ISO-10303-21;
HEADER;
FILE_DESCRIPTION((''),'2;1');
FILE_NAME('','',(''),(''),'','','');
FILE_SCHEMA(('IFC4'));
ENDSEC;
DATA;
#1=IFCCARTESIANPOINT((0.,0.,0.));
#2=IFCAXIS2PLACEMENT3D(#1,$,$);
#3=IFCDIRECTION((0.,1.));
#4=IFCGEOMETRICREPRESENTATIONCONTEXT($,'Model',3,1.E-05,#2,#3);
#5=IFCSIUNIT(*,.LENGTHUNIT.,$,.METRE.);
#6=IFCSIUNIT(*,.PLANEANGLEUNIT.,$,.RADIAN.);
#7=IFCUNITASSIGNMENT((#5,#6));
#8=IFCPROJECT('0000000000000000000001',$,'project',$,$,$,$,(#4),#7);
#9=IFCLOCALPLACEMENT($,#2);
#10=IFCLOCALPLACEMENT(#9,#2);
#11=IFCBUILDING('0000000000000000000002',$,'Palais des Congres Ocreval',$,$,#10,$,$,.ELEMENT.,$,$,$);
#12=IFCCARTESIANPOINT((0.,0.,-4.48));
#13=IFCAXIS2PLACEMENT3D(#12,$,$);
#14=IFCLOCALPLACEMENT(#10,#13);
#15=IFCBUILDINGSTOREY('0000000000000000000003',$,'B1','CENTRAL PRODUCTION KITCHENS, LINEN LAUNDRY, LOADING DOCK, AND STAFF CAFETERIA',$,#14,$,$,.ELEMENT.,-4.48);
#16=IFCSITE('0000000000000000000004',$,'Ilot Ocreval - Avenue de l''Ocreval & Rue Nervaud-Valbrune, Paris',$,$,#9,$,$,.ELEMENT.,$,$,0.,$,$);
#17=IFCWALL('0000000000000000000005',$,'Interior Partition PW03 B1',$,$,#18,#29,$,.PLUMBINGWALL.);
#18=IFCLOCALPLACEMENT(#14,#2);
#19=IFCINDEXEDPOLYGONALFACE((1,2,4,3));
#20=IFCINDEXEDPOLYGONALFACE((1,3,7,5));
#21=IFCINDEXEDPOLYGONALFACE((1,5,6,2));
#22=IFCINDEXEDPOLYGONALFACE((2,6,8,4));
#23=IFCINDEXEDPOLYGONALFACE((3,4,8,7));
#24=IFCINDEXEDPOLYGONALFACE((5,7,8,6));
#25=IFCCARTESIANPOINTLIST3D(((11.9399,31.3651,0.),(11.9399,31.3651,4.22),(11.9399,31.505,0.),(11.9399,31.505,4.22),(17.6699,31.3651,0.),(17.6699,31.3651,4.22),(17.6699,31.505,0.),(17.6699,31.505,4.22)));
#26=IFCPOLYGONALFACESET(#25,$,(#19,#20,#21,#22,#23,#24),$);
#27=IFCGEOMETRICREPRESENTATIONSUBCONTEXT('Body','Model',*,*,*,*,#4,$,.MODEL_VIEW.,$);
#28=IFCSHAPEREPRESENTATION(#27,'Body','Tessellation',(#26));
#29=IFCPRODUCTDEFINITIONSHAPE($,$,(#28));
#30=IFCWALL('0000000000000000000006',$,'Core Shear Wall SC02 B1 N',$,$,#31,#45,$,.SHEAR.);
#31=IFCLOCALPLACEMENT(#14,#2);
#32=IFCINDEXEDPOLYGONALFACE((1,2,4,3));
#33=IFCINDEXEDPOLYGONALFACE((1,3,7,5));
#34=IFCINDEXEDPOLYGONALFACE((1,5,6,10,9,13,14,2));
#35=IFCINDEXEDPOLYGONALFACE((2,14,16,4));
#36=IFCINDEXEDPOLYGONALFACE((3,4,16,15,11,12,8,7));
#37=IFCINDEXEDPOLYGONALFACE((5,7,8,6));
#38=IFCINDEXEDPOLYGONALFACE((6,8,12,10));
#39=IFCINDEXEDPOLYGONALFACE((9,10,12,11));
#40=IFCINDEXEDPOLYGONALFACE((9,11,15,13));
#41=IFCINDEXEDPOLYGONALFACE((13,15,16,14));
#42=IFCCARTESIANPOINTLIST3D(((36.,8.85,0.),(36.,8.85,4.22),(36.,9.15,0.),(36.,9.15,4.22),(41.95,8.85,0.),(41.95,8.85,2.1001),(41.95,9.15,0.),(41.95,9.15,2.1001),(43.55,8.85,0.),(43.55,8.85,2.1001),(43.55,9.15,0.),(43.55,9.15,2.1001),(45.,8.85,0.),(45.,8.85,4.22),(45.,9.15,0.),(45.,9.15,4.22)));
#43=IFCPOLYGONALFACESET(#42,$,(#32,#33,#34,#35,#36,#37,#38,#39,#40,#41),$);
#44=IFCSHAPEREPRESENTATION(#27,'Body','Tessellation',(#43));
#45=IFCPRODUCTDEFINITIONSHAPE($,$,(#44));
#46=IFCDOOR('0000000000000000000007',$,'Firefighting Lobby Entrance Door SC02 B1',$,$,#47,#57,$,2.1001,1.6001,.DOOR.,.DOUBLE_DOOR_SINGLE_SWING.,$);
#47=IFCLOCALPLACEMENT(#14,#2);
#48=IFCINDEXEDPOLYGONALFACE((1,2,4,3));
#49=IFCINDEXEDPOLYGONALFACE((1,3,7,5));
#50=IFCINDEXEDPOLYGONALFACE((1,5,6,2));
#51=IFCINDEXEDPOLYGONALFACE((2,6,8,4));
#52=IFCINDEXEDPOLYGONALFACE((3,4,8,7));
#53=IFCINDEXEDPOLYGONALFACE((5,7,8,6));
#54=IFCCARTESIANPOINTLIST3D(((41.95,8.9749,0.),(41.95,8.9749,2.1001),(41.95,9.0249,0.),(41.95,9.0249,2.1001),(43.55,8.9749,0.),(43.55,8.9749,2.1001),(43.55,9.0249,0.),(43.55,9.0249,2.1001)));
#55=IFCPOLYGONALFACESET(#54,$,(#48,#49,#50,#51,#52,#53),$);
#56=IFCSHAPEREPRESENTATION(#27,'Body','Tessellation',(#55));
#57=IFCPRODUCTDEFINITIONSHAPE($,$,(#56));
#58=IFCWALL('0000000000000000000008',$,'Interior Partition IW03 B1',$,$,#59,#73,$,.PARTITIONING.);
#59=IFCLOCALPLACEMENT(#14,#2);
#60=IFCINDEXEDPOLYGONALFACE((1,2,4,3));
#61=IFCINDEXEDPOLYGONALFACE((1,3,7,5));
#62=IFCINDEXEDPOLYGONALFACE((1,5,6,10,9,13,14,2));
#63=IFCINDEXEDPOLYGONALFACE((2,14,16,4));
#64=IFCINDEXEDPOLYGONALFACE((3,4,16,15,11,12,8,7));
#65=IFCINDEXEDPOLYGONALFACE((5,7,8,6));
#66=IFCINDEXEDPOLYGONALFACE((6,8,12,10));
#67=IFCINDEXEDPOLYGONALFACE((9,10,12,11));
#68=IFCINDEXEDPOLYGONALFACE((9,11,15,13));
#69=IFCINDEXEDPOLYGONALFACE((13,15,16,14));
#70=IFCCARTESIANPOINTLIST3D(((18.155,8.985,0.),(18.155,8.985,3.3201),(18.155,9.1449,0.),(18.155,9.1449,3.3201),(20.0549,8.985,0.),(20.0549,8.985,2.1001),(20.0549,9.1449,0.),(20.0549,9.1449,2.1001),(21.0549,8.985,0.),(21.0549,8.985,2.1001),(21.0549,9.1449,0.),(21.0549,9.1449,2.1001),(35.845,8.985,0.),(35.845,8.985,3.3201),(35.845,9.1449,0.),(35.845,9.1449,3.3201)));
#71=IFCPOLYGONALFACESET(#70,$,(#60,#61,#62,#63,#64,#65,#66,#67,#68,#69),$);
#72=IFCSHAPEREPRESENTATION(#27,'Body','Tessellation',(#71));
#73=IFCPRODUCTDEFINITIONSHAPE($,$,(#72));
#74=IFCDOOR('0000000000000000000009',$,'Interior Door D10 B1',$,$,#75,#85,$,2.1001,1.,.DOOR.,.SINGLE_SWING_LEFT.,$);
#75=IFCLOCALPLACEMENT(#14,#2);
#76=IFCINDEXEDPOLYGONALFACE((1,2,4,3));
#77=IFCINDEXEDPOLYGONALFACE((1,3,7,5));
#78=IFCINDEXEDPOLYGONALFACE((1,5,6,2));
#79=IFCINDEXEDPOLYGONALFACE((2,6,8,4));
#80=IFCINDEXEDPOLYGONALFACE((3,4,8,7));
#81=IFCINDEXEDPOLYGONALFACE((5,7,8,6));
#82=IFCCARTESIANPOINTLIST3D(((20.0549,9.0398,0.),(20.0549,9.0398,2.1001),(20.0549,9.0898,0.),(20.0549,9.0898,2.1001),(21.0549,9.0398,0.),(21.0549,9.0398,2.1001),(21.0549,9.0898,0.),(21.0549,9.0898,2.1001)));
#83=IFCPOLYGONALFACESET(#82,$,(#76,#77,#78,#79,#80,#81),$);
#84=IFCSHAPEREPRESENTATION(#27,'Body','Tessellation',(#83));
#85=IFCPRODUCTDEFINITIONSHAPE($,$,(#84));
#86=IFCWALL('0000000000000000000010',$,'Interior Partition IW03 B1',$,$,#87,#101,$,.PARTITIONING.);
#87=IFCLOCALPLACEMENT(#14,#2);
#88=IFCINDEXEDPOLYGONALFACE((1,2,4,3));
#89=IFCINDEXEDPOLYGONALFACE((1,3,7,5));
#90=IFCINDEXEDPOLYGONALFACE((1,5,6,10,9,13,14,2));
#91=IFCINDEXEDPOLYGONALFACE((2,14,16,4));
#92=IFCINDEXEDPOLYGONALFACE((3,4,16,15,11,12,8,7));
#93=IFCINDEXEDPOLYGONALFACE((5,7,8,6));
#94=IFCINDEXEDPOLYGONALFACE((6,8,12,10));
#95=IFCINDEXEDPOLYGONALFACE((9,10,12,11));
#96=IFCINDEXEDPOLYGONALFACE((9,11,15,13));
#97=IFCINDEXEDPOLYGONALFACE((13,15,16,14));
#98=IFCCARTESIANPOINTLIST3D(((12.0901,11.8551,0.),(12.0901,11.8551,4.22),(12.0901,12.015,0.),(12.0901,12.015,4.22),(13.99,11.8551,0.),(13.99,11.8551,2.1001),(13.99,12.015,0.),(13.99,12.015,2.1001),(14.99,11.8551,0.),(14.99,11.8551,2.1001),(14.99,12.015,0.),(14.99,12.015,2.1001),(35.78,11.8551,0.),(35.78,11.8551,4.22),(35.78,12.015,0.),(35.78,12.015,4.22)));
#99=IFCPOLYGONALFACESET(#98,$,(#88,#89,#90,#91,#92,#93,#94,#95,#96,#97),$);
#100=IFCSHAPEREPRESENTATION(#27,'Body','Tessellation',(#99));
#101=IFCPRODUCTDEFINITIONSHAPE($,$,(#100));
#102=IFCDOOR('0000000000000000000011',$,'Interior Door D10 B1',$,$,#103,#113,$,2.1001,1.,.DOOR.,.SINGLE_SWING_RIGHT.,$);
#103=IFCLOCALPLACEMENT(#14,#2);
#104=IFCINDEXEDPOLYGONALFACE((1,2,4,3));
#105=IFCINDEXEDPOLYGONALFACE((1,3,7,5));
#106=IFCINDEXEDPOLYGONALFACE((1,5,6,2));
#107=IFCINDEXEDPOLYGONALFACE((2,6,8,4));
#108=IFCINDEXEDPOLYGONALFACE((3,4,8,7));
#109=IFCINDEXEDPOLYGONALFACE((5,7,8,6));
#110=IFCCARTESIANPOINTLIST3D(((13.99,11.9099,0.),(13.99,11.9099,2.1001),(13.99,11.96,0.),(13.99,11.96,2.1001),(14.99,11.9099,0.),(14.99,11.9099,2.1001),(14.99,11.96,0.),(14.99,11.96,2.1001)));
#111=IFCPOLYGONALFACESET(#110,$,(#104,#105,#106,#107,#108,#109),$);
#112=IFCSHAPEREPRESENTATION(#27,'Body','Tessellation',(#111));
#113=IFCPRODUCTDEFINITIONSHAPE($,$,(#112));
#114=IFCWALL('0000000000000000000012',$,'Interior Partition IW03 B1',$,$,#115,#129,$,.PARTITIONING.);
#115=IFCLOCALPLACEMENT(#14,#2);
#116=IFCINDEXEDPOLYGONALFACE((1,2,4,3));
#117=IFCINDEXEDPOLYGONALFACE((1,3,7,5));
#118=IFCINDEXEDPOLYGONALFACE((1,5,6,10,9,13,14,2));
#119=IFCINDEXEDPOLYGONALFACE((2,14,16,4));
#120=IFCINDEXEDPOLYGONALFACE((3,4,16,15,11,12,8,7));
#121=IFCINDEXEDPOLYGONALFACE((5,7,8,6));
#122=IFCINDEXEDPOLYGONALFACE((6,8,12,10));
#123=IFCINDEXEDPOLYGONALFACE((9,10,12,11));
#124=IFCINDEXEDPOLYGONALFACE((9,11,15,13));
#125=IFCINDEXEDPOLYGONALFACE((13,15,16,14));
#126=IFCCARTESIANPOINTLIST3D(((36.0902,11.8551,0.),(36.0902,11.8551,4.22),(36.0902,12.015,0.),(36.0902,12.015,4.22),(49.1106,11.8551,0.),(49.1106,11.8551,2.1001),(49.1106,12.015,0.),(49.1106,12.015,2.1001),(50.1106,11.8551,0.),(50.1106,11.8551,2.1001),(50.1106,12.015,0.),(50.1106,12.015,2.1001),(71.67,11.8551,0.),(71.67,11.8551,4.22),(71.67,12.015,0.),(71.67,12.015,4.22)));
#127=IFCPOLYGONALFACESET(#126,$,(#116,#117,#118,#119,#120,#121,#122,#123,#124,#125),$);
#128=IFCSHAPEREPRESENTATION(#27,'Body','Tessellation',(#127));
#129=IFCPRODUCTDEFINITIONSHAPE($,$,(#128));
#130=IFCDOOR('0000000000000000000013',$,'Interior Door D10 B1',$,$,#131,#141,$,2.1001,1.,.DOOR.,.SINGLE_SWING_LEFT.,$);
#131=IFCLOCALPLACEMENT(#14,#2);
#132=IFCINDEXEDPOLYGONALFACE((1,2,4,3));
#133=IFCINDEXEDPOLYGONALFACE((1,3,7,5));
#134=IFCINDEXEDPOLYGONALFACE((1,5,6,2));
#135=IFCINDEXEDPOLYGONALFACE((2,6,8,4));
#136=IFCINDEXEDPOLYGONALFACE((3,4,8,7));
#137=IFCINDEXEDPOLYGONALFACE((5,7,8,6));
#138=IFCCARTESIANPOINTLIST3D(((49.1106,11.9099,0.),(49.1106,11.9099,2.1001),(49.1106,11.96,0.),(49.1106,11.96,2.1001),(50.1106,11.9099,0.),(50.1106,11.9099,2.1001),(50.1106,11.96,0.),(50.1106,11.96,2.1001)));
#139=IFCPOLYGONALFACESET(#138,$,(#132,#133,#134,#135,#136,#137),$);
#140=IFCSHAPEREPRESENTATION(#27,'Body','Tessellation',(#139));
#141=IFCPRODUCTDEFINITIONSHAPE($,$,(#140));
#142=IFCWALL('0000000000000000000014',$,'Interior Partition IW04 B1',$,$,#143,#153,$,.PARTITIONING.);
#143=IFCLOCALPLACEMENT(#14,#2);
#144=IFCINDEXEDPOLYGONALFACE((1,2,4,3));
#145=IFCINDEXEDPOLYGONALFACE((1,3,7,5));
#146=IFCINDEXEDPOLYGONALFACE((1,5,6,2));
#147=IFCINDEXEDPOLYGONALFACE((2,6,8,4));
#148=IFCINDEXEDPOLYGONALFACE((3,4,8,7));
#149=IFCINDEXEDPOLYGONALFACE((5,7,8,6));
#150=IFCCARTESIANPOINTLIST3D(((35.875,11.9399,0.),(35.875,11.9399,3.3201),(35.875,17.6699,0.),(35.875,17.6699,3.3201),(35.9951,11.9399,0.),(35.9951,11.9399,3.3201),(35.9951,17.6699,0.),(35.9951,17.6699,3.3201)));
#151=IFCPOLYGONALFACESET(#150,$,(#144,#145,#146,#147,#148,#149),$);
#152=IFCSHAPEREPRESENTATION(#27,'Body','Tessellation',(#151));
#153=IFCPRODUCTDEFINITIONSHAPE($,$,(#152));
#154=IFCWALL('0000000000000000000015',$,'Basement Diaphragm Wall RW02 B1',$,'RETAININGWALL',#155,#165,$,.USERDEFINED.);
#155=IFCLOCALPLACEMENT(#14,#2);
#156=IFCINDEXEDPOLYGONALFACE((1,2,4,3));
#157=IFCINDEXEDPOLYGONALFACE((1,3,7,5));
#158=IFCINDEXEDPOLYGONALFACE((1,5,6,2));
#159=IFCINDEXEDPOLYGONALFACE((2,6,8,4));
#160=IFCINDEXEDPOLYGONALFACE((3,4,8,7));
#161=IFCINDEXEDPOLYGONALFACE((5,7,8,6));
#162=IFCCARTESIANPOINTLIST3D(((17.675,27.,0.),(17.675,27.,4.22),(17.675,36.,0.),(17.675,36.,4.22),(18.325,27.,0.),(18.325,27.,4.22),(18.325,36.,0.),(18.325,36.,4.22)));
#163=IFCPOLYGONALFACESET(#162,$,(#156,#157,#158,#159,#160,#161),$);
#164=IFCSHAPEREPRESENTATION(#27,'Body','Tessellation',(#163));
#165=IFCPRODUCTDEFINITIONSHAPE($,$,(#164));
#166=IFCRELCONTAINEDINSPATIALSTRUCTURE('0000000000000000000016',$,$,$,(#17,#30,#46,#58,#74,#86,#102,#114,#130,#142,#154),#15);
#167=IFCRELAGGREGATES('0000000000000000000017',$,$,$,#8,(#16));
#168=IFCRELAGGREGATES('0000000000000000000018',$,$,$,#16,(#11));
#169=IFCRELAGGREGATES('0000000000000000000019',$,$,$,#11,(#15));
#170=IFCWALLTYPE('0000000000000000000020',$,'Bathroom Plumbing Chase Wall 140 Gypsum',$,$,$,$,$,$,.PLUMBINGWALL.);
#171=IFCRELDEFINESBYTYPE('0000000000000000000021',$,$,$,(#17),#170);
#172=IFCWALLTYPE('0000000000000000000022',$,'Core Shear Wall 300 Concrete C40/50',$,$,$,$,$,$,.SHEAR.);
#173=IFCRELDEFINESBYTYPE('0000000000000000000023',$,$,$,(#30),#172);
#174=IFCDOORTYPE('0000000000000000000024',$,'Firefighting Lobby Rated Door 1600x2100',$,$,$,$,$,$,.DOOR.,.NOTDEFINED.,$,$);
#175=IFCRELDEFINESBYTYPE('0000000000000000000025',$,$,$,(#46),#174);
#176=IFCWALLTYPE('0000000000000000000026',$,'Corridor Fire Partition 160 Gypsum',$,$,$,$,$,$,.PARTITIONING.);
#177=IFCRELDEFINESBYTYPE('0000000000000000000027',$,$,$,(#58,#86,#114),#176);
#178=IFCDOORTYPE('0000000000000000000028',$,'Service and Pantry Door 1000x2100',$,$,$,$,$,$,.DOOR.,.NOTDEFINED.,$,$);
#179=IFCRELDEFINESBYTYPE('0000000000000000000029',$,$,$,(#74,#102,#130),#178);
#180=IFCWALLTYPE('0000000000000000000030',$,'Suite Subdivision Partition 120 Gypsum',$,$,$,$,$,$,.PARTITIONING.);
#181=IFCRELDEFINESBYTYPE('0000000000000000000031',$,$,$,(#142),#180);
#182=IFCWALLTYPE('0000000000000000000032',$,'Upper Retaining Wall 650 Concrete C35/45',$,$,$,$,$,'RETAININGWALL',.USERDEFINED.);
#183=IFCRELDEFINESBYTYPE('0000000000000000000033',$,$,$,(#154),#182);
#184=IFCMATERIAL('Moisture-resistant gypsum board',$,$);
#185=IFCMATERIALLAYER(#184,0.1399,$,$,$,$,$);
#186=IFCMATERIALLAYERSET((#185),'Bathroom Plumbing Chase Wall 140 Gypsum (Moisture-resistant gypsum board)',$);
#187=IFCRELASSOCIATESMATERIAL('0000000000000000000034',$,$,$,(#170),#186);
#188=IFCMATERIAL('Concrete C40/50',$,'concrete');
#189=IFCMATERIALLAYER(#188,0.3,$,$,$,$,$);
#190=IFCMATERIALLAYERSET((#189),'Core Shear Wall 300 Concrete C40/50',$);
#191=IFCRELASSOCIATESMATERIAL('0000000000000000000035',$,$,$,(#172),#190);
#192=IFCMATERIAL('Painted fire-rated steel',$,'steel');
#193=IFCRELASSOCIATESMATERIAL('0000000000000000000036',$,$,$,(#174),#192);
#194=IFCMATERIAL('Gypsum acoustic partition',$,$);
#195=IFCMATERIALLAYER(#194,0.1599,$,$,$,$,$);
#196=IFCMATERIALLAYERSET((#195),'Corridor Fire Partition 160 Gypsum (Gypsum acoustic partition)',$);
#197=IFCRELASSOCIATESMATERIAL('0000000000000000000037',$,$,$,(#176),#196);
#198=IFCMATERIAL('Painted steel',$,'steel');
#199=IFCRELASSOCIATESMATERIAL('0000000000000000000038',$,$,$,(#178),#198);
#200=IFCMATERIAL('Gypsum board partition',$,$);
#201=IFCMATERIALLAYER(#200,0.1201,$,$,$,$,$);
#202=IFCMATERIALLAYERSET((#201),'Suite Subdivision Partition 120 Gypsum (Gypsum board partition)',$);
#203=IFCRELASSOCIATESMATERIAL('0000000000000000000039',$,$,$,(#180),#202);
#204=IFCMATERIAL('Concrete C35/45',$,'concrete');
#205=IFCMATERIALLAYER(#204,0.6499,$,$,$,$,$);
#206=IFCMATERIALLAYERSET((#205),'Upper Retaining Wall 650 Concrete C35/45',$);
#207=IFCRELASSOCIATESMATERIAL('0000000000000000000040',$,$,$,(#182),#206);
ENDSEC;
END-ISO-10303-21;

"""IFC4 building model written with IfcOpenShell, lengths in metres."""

from ifc_helpers import new_model, si_unit, direction, frame, frame_2d, origin, place, context, subcontext, project, spatial, rectangle, extrude, material, layer, layer_set, type_object, element, fill, save


model = new_model("IFC4")

# Units and contexts
model_context = context("Model", 3, precision=1e-05, world=origin(), true_north=direction((0.0, 1.0)))
body_context = subcontext(model_context, "Body", "Model", "MODEL_VIEW")
ifc_project = project(units=[si_unit("LENGTHUNIT", "METRE"), si_unit("PLANEANGLEUNIT", "RADIAN")], contexts=[model_context])

# Site, building, storey
site_placement = place(None, origin())
site = spatial("IfcSite", under=ifc_project, at=site_placement, Name="Ilot Ocreval - Avenue de l'Ocreval & Rue Nervaud-Valbrune, Paris", CompositionType="ELEMENT", RefElevation=0.0)
building_placement = place(site_placement, origin())
building = spatial("IfcBuilding", under=site, at=building_placement, Name="Palais des Congres Ocreval", CompositionType="ELEMENT")
storey_placement = place(building_placement, frame((0.0, 0.0, -4.48)))
storey = spatial("IfcBuildingStorey", under=building, at=storey_placement, Name="B1", Description="CENTRAL PRODUCTION KITCHENS, LINEN LAUNDRY, LOADING DOCK, AND STAFF CAFETERIA", CompositionType="ELEMENT", Elevation=-4.48)

# Shared definitions
ifc_material_1 = material(Name="Concrete C40/50", Category="concrete")

# Shared definitions
ifc_material_2 = material(Name="Concrete C35/45", Category="concrete")

# Wall
ifc_material_3 = material(Name="Moisture-resistant gypsum board")
ifc_layer_1 = layer(ifc_material_3, 0.1399)
ifc_layer_set_1 = layer_set([ifc_layer_1], Name="Bathroom Plumbing Chase Wall 140 Gypsum (Moisture-resistant gypsum board)")
wall_type_1 = type_object("IfcWallType", Name="Bathroom Plumbing Chase Wall 140 Gypsum", PredefinedType="PLUMBINGWALL", material=ifc_layer_set_1)
for number, where, z_axis, x_axis, name in (
    (1, (11.9399, 31.4351, 0.0), (0.0, 0.0, 1.0), (1.0, 0.0, 0.0), "Interior Partition PW03 B1"),
):
    element("IfcWall", number, at=place(storey_placement, frame(where, z_axis=z_axis, x_axis=x_axis)), inside=storey, type_object=wall_type_1, Name=name, PredefinedType="PLUMBINGWALL", context=body_context, shape_type="SweptSolid", body=[
        extrude(rectangle(XDim=5.73, YDim=0.1399, at=frame_2d((2.865, 0.0))), origin(), (0.0, 0.0, 1.0), 4.22),
    ])

# Walls, openings, doors
ifc_layer_2 = layer(ifc_material_1, 0.3)
ifc_layer_set_2 = layer_set([ifc_layer_2], Name="Core Shear Wall 300 Concrete C40/50")
wall_type_2 = type_object("IfcWallType", Name="Core Shear Wall 300 Concrete C40/50", PredefinedType="SHEAR", material=ifc_layer_set_2)
wall_1_placement = place(storey_placement, frame((36.0, 9.0, 0.0), z_axis=(0.0, 0.0, 1.0), x_axis=(1.0, 0.0, 0.0)))
wall_1 = element("IfcWall", 2, at=wall_1_placement, inside=storey, type_object=wall_type_2, Name="Core Shear Wall SC02 B1 N", PredefinedType="SHEAR", context=body_context, shape_type="SweptSolid", body=[
    extrude(rectangle(XDim=9.0, YDim=0.3, at=frame_2d((4.5, 0.0))), origin(), (0.0, 0.0, 1.0), 4.22),
])
opening_1_placement = place(wall_1_placement, frame((5.95, 0.0, 0.0)))
opening_1 = element("IfcOpeningElement", 3, at=opening_1_placement, cuts=wall_1, PredefinedType="OPENING", context=body_context, shape_type="SweptSolid", body=[
    extrude(rectangle(XDim=1.6001, YDim=2.1001, at=frame_2d((0.8, 1.05))), frame((0.0, 0.1599, 0.0), z_axis=(0.0, -1.0, 0.0), x_axis=(1.0, 0.0, 0.0)), (0.0, 0.0, 1.0), 0.3201),
])
ifc_material_4 = material(Name="Painted fire-rated steel", Category="steel")
door_type_1 = type_object("IfcDoorType", Name="Firefighting Lobby Rated Door 1600x2100", OperationType="NOTDEFINED", PredefinedType="DOOR", material=ifc_material_4)
door_1_placement = place(opening_1_placement, origin())
door_1 = element("IfcDoor", 4, at=door_1_placement, inside=storey, type_object=door_type_1, Name="Firefighting Lobby Entrance Door SC02 B1", OperationType="DOUBLE_DOOR_SINGLE_SWING", OverallHeight=2.1001, OverallWidth=1.6001, PredefinedType="DOOR", context=body_context, shape_type="SweptSolid", body=[
    extrude(rectangle(XDim=1.6001, YDim=2.1001, at=frame_2d((0.8, 1.05))), frame((0.0, 0.0249, 0.0), z_axis=(0.0, -1.0, 0.0), x_axis=(1.0, 0.0, 0.0)), (0.0, 0.0, 1.0), 0.05),
])
fill(opening_1, door_1)
ifc_material_5 = material(Name="Gypsum acoustic partition")
ifc_layer_3 = layer(ifc_material_5, 0.1599)
ifc_layer_set_3 = layer_set([ifc_layer_3], Name="Corridor Fire Partition 160 Gypsum (Gypsum acoustic partition)")
wall_type_3 = type_object("IfcWallType", Name="Corridor Fire Partition 160 Gypsum", PredefinedType="PARTITIONING", material=ifc_layer_set_3)
wall_2_placement = place(storey_placement, frame((18.155, 9.0649, 0.0), z_axis=(0.0, 0.0, 1.0), x_axis=(1.0, 0.0, 0.0)))
wall_2 = element("IfcWall", 5, at=wall_2_placement, inside=storey, type_object=wall_type_3, Name="Interior Partition IW03 B1", PredefinedType="PARTITIONING", context=body_context, shape_type="SweptSolid", body=[
    extrude(rectangle(XDim=17.6899, YDim=0.1599, at=frame_2d((8.845, 0.0))), origin(), (0.0, 0.0, 1.0), 3.3201),
])
opening_2_placement = place(wall_2_placement, frame((1.8999, 0.0, 0.0)))
opening_2 = element("IfcOpeningElement", 6, at=opening_2_placement, cuts=wall_2, PredefinedType="OPENING", context=body_context, shape_type="SweptSolid", body=[
    extrude(rectangle(XDim=1.0, YDim=2.1001, at=frame_2d((0.5, 1.05))), frame((0.0, 0.0898, 0.0), z_axis=(0.0, -1.0, 0.0), x_axis=(1.0, 0.0, 0.0)), (0.0, 0.0, 1.0), 0.1799),
])
ifc_material_6 = material(Name="Painted steel", Category="steel")
door_type_2 = type_object("IfcDoorType", Name="Service and Pantry Door 1000x2100", OperationType="NOTDEFINED", PredefinedType="DOOR", material=ifc_material_6)
door_2_placement = place(opening_2_placement, origin())
door_2 = element("IfcDoor", 7, at=door_2_placement, inside=storey, type_object=door_type_2, Name="Interior Door D10 B1", OperationType="SINGLE_SWING_LEFT", OverallHeight=2.1001, OverallWidth=1.0, PredefinedType="DOOR", context=body_context, shape_type="SweptSolid", body=[
    extrude(rectangle(XDim=1.0, YDim=2.1001, at=frame_2d((0.5, 1.05))), frame((0.0, 0.0249, 0.0), z_axis=(0.0, -1.0, 0.0), x_axis=(1.0, 0.0, 0.0)), (0.0, 0.0, 1.0), 0.05),
])
fill(opening_2, door_2)
wall_3_placement = place(storey_placement, frame((12.0901, 11.9351, 0.0), z_axis=(0.0, 0.0, 1.0), x_axis=(1.0, 0.0, 0.0)))
wall_3 = element("IfcWall", 8, at=wall_3_placement, inside=storey, type_object=wall_type_3, Name="Interior Partition IW03 B1", PredefinedType="PARTITIONING", context=body_context, shape_type="SweptSolid", body=[
    extrude(rectangle(XDim=23.6899, YDim=0.1599, at=frame_2d((11.845, 0.0))), origin(), (0.0, 0.0, 1.0), 4.22),
])
opening_3_placement = place(wall_3_placement, frame((1.8999, 0.0, 0.0)))
opening_3 = element("IfcOpeningElement", 9, at=opening_3_placement, cuts=wall_3, PredefinedType="OPENING", context=body_context, shape_type="SweptSolid", body=[
    extrude(rectangle(XDim=1.0, YDim=2.1001, at=frame_2d((0.5, 1.05))), frame((0.0, 0.0898, 0.0), z_axis=(0.0, -1.0, 0.0), x_axis=(1.0, 0.0, 0.0)), (0.0, 0.0, 1.0), 0.1799),
])
door_3_placement = place(opening_3_placement, origin())
door_3 = element("IfcDoor", 10, at=door_3_placement, inside=storey, type_object=door_type_2, Name="Interior Door D10 B1", OperationType="SINGLE_SWING_RIGHT", OverallHeight=2.1001, OverallWidth=1.0, PredefinedType="DOOR", context=body_context, shape_type="SweptSolid", body=[
    extrude(rectangle(XDim=1.0, YDim=2.1001, at=frame_2d((0.5, 1.05))), frame((0.0, 0.0249, 0.0), z_axis=(0.0, -1.0, 0.0), x_axis=(1.0, 0.0, 0.0)), (0.0, 0.0, 1.0), 0.05),
])
fill(opening_3, door_3)
wall_4_placement = place(storey_placement, frame((36.0901, 11.9351, 0.0), z_axis=(0.0, 0.0, 1.0), x_axis=(1.0, 0.0, 0.0)))
wall_4 = element("IfcWall", 11, at=wall_4_placement, inside=storey, type_object=wall_type_3, Name="Interior Partition IW03 B1", PredefinedType="PARTITIONING", context=body_context, shape_type="SweptSolid", body=[
    extrude(rectangle(XDim=35.5798, YDim=0.1599, at=frame_2d((17.79, 0.0))), origin(), (0.0, 0.0, 1.0), 4.22),
])
opening_4_placement = place(wall_4_placement, frame((13.0205, 0.0, 0.0)))
opening_4 = element("IfcOpeningElement", 12, at=opening_4_placement, cuts=wall_4, PredefinedType="OPENING", context=body_context, shape_type="SweptSolid", body=[
    extrude(rectangle(XDim=1.0, YDim=2.1001, at=frame_2d((0.5, 1.05))), frame((0.0, 0.0898, 0.0), z_axis=(0.0, -1.0, 0.0), x_axis=(1.0, 0.0, 0.0)), (0.0, 0.0, 1.0), 0.1799),
])
door_4_placement = place(opening_4_placement, origin())
door_4 = element("IfcDoor", 13, at=door_4_placement, inside=storey, type_object=door_type_2, Name="Interior Door D10 B1", OperationType="SINGLE_SWING_LEFT", OverallHeight=2.1001, OverallWidth=1.0, PredefinedType="DOOR", context=body_context, shape_type="SweptSolid", body=[
    extrude(rectangle(XDim=1.0, YDim=2.1001, at=frame_2d((0.5, 1.05))), frame((0.0, 0.0249, 0.0), z_axis=(0.0, -1.0, 0.0), x_axis=(1.0, 0.0, 0.0)), (0.0, 0.0, 1.0), 0.05),
])
fill(opening_4, door_4)

# Walls
ifc_material_7 = material(Name="Gypsum board partition")
ifc_layer_4 = layer(ifc_material_7, 0.1201)
ifc_layer_set_4 = layer_set([ifc_layer_4], Name="Suite Subdivision Partition 120 Gypsum (Gypsum board partition)")
wall_type_4 = type_object("IfcWallType", Name="Suite Subdivision Partition 120 Gypsum", PredefinedType="PARTITIONING", material=ifc_layer_set_4)
wall_5_placement = place(storey_placement, frame((35.9351, 11.9399, 0.0), z_axis=(0.0, 0.0, 1.0), x_axis=(0.0, 1.0, 0.0)))
element("IfcWall", 14, at=wall_5_placement, inside=storey, type_object=wall_type_4, Name="Interior Partition IW04 B1", PredefinedType="PARTITIONING", context=body_context, shape_type="SweptSolid", body=[
    extrude(rectangle(XDim=5.73, YDim=0.1201, at=frame_2d((2.865, 0.0))), origin(), (0.0, 0.0, 1.0), 3.3201),
])
ifc_layer_5 = layer(ifc_material_2, 0.6499)
ifc_layer_set_5 = layer_set([ifc_layer_5], Name="Upper Retaining Wall 650 Concrete C35/45")
wall_type_5 = type_object("IfcWallType", Name="Upper Retaining Wall 650 Concrete C35/45", ElementType="RETAININGWALL", PredefinedType="USERDEFINED", material=ifc_layer_set_5)
for number, where, z_axis, x_axis, name in (
    (15, (18.0, 36.0, 0.0), (0.0, 0.0, 1.0), (0.0, -1.0, 0.0), "Basement Diaphragm Wall RW02 B1"),
):
    element("IfcWall", number, at=place(storey_placement, frame(where, z_axis=z_axis, x_axis=x_axis)), inside=storey, type_object=wall_type_5, Name=name, ObjectType="RETAININGWALL", PredefinedType="USERDEFINED", context=body_context, shape_type="SweptSolid", body=[
        extrude(rectangle(XDim=9.0, YDim=0.6499, at=frame_2d((4.5, 0.0))), origin(), (0.0, 0.0, 1.0), 4.22),
    ])

save(model, "model.ifc")
